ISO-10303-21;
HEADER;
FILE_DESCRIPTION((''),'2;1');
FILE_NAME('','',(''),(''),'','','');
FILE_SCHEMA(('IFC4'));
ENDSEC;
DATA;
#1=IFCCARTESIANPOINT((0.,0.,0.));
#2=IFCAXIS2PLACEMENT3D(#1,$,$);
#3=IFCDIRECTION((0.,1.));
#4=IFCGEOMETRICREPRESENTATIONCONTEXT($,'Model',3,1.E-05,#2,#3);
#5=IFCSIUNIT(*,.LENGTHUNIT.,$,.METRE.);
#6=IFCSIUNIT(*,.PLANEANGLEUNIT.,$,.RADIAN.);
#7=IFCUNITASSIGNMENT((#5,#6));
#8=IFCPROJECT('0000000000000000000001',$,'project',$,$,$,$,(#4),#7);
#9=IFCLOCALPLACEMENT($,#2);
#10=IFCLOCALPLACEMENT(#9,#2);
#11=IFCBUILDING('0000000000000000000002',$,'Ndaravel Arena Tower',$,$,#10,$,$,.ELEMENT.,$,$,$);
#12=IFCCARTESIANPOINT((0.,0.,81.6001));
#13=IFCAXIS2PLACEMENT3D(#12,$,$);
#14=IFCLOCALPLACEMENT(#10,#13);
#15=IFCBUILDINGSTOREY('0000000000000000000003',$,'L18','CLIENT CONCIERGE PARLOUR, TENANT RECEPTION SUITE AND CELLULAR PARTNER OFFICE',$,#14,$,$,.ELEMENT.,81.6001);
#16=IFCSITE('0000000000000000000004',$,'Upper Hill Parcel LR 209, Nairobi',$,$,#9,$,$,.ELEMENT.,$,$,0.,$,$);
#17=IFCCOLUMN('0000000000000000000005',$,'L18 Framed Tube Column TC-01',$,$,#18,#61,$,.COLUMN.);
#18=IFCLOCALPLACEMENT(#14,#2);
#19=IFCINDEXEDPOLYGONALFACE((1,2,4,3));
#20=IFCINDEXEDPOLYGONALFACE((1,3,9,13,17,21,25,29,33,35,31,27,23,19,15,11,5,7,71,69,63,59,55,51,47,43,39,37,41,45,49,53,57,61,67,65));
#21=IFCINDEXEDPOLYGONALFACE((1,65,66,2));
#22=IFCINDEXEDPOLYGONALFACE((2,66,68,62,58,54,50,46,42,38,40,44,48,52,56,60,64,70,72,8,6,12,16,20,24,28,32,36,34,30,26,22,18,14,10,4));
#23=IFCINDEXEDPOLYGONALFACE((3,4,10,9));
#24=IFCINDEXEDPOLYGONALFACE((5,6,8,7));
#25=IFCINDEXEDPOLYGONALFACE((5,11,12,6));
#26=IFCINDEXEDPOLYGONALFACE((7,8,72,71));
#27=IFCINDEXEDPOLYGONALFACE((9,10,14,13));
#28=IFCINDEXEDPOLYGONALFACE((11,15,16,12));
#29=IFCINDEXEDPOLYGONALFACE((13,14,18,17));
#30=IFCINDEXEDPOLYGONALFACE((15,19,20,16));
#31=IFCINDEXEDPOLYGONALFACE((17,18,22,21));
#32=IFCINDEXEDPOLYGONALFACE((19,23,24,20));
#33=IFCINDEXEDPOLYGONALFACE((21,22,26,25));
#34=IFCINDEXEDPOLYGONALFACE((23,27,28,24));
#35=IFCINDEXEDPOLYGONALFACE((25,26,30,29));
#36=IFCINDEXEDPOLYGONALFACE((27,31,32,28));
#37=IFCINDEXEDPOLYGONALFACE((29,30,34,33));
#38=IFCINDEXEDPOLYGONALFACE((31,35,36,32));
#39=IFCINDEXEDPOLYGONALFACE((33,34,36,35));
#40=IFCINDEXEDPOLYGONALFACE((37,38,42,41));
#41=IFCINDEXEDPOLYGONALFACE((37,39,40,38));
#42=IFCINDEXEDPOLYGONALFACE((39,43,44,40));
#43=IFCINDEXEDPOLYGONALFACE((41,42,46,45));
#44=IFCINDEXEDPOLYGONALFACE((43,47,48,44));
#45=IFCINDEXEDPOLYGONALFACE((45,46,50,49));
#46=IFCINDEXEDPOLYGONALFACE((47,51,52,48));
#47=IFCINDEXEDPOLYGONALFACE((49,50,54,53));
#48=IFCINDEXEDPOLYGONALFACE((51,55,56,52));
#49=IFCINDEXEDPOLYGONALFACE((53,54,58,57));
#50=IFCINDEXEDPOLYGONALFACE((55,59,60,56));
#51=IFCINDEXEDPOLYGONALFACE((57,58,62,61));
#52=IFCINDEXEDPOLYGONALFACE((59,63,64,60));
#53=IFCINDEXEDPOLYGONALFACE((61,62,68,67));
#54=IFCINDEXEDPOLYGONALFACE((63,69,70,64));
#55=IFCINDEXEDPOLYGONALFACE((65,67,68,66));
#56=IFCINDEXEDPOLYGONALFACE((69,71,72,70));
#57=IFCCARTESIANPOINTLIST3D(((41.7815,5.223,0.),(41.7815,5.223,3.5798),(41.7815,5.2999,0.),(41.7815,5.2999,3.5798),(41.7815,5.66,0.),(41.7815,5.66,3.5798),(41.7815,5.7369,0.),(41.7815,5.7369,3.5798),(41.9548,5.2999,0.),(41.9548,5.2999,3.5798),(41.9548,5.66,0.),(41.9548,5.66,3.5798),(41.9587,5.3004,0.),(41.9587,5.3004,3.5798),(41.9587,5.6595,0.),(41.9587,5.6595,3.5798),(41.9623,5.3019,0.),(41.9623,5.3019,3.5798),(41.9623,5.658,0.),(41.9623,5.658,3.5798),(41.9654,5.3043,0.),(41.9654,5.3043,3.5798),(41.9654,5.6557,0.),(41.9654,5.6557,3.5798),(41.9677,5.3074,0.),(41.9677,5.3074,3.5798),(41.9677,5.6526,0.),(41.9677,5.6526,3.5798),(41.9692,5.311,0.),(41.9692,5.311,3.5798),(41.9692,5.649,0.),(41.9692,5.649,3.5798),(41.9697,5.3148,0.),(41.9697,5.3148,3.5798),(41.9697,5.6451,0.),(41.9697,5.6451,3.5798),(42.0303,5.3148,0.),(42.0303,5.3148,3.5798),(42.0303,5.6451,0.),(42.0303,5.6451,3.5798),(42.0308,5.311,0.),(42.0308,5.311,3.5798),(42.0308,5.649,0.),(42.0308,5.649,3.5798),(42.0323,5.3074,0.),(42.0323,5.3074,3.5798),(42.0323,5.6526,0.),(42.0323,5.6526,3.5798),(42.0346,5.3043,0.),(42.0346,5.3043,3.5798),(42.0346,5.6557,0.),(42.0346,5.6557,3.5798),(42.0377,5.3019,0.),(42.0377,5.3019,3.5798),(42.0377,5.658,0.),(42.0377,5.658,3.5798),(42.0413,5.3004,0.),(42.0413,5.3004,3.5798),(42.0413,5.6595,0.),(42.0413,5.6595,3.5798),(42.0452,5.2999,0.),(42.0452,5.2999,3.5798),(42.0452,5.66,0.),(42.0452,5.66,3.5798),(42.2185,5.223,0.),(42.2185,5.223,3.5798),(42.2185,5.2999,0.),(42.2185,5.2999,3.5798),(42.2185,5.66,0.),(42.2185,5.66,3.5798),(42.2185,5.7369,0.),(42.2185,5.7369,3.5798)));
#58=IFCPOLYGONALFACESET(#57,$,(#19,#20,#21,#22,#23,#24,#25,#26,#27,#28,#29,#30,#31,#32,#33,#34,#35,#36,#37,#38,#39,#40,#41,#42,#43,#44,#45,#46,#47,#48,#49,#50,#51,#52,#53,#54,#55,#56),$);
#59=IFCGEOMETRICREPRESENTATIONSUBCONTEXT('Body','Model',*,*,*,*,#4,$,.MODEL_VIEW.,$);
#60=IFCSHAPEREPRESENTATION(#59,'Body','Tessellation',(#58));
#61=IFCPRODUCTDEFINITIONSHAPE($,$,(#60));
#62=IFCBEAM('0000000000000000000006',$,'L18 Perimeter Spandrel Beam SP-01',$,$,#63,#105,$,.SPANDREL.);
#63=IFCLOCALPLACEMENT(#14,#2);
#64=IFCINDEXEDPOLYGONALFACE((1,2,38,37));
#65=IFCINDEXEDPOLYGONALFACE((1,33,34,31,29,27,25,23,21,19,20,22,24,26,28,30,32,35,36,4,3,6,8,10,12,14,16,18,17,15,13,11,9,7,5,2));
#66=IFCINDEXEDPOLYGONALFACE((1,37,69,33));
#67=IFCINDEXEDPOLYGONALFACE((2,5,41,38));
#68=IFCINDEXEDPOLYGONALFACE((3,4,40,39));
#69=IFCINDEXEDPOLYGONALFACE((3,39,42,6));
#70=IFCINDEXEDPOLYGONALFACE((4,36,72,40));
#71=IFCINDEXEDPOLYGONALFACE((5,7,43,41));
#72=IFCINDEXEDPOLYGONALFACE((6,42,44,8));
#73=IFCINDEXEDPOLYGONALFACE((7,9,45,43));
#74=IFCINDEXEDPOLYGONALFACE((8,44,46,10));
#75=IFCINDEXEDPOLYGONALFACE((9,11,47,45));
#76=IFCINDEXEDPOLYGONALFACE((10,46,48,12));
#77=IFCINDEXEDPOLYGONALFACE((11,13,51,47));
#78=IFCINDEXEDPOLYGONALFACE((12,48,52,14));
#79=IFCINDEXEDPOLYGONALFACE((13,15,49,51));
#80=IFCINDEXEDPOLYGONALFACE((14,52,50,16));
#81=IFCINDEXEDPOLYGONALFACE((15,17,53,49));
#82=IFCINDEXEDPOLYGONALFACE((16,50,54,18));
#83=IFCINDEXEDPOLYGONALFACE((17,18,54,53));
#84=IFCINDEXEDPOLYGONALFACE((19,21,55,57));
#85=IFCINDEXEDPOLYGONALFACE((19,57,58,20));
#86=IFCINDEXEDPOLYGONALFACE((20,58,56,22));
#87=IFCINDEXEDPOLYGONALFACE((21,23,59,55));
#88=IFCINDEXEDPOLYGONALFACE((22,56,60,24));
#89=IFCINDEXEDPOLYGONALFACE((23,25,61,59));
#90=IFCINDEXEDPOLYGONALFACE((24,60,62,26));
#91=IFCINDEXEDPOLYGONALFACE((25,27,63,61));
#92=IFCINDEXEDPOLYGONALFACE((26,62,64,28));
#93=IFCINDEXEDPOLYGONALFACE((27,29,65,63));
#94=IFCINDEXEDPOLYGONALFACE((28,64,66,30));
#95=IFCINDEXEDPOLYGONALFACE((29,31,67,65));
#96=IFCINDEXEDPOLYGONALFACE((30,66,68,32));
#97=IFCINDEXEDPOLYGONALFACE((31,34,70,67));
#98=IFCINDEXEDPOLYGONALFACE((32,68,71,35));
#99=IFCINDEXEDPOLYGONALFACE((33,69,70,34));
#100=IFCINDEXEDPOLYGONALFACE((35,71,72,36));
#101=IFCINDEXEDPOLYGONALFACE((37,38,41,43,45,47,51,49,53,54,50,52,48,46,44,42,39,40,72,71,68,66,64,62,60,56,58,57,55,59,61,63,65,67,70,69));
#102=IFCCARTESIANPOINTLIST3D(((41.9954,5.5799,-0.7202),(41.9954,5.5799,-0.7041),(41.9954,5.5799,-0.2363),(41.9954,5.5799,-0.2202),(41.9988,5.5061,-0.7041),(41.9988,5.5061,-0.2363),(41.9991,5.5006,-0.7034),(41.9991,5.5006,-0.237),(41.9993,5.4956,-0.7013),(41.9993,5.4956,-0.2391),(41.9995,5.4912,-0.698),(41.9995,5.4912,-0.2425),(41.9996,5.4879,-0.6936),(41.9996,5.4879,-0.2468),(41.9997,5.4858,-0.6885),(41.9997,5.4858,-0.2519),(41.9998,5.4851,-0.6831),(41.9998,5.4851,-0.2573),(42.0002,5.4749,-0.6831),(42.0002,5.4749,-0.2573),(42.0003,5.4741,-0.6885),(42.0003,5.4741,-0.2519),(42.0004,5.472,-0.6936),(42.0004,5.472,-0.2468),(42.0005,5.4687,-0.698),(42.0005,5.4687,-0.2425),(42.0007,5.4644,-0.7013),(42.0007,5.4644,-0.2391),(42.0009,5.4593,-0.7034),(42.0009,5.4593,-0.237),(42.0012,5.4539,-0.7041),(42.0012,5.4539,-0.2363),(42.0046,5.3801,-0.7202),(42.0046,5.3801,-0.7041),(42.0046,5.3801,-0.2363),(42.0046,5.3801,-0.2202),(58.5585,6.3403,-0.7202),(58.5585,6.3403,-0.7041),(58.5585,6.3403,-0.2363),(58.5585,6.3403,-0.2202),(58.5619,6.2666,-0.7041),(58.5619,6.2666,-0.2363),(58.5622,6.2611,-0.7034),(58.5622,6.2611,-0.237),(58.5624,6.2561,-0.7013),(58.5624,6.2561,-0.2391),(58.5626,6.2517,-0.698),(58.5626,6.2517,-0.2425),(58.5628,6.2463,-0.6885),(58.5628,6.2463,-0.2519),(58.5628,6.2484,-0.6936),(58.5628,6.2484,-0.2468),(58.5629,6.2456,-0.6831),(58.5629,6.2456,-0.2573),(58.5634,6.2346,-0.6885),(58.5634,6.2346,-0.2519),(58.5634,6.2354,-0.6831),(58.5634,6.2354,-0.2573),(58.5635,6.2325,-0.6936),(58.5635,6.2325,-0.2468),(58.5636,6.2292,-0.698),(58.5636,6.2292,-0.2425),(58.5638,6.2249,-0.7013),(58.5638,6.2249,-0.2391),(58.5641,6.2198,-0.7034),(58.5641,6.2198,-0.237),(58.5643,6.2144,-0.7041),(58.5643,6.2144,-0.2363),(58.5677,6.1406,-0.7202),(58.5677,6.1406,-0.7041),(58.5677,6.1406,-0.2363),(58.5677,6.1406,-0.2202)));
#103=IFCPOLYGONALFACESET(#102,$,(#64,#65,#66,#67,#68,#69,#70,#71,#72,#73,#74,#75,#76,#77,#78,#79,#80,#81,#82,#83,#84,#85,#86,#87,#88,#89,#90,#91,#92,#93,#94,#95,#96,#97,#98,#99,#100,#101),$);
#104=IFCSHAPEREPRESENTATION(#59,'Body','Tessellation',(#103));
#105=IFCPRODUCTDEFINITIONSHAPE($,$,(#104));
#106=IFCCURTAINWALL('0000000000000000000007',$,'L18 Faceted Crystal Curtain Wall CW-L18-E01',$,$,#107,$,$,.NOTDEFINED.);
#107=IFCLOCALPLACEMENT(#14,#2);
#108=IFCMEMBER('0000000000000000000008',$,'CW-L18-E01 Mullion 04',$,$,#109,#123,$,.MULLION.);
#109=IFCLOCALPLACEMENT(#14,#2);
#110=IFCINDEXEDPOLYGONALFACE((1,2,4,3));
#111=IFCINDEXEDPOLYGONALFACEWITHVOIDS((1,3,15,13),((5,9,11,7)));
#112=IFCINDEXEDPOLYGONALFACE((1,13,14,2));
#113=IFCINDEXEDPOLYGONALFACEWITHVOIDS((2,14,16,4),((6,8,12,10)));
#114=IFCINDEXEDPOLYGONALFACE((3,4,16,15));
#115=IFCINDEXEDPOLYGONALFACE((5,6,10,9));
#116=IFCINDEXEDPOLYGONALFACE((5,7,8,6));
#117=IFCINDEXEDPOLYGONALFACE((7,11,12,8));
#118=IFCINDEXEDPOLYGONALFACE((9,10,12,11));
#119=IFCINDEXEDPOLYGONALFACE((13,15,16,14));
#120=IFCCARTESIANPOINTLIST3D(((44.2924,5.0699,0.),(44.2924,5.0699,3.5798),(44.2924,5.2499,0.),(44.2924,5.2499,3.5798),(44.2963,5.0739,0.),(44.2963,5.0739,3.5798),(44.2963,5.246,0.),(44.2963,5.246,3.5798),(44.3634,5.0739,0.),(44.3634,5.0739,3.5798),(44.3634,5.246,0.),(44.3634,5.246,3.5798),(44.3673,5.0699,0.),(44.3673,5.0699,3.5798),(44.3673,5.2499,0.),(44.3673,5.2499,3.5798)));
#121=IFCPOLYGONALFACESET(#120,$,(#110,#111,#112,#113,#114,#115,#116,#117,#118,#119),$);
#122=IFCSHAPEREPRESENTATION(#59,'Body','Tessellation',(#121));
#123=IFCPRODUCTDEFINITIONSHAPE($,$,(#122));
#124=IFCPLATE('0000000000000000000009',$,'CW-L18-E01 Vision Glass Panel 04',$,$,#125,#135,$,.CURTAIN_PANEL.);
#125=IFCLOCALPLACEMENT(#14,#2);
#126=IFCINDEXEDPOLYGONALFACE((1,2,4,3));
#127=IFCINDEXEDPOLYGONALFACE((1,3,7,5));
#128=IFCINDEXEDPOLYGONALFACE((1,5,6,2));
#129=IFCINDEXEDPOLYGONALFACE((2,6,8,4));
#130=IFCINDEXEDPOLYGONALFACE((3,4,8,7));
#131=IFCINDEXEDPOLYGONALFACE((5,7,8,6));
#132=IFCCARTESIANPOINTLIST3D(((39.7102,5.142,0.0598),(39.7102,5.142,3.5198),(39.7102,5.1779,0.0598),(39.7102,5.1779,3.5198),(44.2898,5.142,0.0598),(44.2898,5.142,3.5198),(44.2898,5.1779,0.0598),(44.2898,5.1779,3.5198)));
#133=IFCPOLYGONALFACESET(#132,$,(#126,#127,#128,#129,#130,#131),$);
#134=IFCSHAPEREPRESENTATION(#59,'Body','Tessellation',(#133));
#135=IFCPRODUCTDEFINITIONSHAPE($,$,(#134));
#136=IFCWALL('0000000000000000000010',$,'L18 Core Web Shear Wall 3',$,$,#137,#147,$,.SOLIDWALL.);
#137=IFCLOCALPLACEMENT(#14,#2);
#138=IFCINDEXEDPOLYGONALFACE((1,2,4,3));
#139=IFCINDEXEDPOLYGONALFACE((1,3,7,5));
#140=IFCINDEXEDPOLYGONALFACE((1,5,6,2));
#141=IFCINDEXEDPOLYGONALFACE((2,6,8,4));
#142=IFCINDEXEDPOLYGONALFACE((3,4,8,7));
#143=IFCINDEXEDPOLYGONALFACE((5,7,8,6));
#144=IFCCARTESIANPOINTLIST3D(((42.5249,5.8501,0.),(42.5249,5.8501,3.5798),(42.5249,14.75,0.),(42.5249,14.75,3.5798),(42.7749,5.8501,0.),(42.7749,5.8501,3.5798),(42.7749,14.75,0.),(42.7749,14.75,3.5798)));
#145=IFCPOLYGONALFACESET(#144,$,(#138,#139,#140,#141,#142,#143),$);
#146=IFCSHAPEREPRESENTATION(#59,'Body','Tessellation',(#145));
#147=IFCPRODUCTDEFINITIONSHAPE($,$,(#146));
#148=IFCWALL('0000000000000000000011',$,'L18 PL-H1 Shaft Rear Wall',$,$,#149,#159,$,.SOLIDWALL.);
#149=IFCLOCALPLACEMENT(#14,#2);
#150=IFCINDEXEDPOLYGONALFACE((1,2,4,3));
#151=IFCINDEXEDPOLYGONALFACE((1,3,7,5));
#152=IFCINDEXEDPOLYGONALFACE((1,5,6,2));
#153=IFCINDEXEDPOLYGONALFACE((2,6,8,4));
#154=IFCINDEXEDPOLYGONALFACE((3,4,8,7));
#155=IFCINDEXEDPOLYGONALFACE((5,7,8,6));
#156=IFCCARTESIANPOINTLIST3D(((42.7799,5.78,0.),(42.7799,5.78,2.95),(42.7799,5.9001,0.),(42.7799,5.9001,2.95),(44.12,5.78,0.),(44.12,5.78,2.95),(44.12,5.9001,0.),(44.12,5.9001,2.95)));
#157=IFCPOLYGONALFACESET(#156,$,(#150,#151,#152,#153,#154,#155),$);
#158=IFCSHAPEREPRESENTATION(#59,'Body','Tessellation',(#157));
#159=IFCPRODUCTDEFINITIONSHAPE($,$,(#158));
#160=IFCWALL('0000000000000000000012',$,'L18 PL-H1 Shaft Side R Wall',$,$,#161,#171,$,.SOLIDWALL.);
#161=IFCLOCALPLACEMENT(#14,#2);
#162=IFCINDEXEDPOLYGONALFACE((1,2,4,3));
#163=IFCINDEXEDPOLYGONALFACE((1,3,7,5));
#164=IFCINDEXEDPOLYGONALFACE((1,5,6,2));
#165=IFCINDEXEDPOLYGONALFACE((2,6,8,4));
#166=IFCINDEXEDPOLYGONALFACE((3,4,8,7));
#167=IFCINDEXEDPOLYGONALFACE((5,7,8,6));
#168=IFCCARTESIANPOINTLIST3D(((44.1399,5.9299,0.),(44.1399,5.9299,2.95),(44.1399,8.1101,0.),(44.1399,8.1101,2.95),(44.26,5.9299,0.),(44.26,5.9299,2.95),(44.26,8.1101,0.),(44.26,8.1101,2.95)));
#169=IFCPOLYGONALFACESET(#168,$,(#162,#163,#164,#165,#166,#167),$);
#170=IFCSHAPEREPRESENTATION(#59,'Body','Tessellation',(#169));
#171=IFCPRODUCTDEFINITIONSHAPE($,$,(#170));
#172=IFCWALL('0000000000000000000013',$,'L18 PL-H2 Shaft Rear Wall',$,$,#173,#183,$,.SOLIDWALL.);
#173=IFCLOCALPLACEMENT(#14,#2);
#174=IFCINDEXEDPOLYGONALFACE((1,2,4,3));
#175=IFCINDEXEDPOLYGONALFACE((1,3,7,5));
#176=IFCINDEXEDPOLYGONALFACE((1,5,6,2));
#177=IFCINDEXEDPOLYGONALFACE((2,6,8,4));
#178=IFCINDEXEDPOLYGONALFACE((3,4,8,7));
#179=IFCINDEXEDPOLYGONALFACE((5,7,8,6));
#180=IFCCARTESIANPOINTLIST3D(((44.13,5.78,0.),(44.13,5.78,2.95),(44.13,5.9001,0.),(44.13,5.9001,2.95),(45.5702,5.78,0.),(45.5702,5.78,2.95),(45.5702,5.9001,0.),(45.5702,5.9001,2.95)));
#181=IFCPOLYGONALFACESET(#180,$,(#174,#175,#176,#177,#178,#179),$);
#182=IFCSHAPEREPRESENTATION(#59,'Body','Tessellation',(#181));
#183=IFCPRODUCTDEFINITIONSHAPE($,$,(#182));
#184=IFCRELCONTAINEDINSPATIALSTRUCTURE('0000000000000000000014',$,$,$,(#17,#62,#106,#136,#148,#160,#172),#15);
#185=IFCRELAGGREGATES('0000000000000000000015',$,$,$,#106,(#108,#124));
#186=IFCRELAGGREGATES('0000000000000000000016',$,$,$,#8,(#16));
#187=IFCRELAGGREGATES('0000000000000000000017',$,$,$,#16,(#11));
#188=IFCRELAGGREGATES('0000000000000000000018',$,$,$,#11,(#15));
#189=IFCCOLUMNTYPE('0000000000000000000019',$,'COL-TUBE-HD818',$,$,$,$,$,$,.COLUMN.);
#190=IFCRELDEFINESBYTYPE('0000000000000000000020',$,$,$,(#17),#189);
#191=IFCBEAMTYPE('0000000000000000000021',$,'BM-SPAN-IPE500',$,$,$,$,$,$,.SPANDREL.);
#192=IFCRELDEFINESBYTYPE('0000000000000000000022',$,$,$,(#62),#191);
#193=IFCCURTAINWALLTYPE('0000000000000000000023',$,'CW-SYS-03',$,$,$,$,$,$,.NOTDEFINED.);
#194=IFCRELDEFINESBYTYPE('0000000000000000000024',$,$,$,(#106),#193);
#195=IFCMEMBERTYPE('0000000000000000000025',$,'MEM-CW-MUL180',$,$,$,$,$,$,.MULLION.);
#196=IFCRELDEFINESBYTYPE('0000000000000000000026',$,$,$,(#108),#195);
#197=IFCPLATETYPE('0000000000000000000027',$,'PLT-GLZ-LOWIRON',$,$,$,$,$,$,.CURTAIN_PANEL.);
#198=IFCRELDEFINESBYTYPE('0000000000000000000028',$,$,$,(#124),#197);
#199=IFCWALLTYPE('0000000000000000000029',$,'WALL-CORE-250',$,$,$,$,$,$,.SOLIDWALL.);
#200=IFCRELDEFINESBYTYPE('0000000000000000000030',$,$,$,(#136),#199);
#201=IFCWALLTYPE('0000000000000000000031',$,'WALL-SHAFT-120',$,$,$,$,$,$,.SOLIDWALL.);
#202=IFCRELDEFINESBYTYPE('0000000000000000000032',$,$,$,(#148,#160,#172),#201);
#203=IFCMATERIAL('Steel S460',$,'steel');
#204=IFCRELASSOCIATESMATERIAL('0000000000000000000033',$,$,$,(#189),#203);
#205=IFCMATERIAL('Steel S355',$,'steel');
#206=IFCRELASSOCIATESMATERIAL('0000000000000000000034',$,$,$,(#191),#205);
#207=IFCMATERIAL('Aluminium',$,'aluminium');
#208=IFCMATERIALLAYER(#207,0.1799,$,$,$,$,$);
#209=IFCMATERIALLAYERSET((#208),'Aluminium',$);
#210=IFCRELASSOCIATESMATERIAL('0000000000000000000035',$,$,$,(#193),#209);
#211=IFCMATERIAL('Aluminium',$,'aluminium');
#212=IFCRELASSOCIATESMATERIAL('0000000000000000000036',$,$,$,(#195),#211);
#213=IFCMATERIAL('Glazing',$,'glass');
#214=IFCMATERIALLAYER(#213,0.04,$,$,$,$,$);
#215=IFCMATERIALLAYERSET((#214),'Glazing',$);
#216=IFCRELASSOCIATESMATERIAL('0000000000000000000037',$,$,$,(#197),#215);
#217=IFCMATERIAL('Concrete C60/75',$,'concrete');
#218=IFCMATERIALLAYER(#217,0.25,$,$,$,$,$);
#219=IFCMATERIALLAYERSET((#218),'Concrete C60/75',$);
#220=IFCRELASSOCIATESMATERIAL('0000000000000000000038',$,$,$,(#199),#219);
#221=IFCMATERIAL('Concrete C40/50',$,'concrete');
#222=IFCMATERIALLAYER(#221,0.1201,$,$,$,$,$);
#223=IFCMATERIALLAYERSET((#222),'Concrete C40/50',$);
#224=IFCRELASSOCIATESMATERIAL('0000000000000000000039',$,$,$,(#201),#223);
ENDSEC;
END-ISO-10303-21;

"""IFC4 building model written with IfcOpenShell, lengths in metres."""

from ifc_helpers import new_model, si_unit, direction, frame, frame_2d, origin, origin_2d, place, context, subcontext, project, spatial, rectangle, hollow_rectangle, i_section, extrude, material, layer, layer_set, material_profile, profile_set, type_object, element, aggregate, save


model = new_model("IFC4")

# Units and contexts
model_context = context("Model", 3, precision=1e-05, world=origin(), true_north=direction((0.0, 1.0)))
body_context = subcontext(model_context, "Body", "Model", "MODEL_VIEW")
ifc_project = project(units=[si_unit("LENGTHUNIT", "METRE"), si_unit("PLANEANGLEUNIT", "RADIAN")], contexts=[model_context])

# Site, building, storey
site_placement = place(None, origin())
site = spatial("IfcSite", under=ifc_project, at=site_placement, Name="Upper Hill Parcel LR 209, Nairobi", CompositionType="ELEMENT", RefElevation=0.0)
building_placement = place(site_placement, origin())
building = spatial("IfcBuilding", under=site, at=building_placement, Name="Ndaravel Arena Tower", CompositionType="ELEMENT")
storey_placement = place(building_placement, frame((0.0, 0.0, 81.6001)))
storey = spatial("IfcBuildingStorey", under=building, at=storey_placement, Name="L18", Description="CLIENT CONCIERGE PARLOUR, TENANT RECEPTION SUITE AND CELLULAR PARTNER OFFICE", CompositionType="ELEMENT", Elevation=81.6001)

# Column
ifc_material_1 = material(Name="Steel S460", Category="steel")
ifc_material_profile_1 = material_profile(ifc_material_1, i_section(OverallWidth=0.437, OverallDepth=0.5139, WebThickness=0.0605, FlangeThickness=0.0769, FilletRadius=0.0149, at=origin_2d()), Name="HD 400x818")
ifc_profile_set_1 = profile_set([ifc_material_profile_1], Name="Steel S460")
column_type = type_object("IfcColumnType", Name="COL-TUBE-HD818", PredefinedType="COLUMN", material=ifc_profile_set_1)
column_placement = place(storey_placement, frame((42.0, 5.48, 0.0), z_axis=(0.0, 0.0, 1.0), x_axis=(1.0, 0.0, 0.0)))
element("IfcColumn", 1, at=column_placement, inside=storey, type_object=column_type, Name="L18 Framed Tube Column TC-01", PredefinedType="COLUMN", context=body_context, shape_type="SweptSolid", body=[
    extrude(i_section(OverallWidth=0.437, OverallDepth=0.5139, WebThickness=0.0605, FlangeThickness=0.0769, FilletRadius=0.0149, at=origin_2d()), origin(), (0.0, 0.0, 1.0), 3.5798),
])

# Beam
ifc_material_2 = material(Name="Steel S355", Category="steel")
ifc_material_profile_2 = material_profile(ifc_material_2, i_section(OverallWidth=0.2, OverallDepth=0.5, WebThickness=0.0103, FlangeThickness=0.0161, FilletRadius=0.021, at=origin_2d()), Name="IPE 500")
ifc_profile_set_2 = profile_set([ifc_material_profile_2], Name="Steel S355")
beam_type = type_object("IfcBeamType", Name="BM-SPAN-IPE500", PredefinedType="SPANDREL", material=ifc_profile_set_2)
beam_placement = place(storey_placement, frame((42.0, 5.48, -0.4702), z_axis=(0.998948, 0.045867, 0.0), x_axis=(-0.045867, 0.998948, 0.0)))
element("IfcBeam", 2, at=beam_placement, inside=storey, type_object=beam_type, Name="L18 Perimeter Spandrel Beam SP-01", PredefinedType="SPANDREL", context=body_context, shape_type="SweptSolid", body=[
    extrude(i_section(OverallWidth=0.2, OverallDepth=0.5, WebThickness=0.0103, FlangeThickness=0.0161, FilletRadius=0.021, at=origin_2d()), origin(), (0.0, 0.0, 1.0), 16.5806),
])

# Curtain wall, member, plate
ifc_material_3 = material(Name="Aluminium", Category="aluminium")
ifc_layer_1 = layer(ifc_material_3, 0.1799)
ifc_layer_set_1 = layer_set([ifc_layer_1], Name="Aluminium")
curtain_wall_type = type_object("IfcCurtainWallType", Name="CW-SYS-03", PredefinedType="NOTDEFINED", material=ifc_layer_set_1)
curtain_wall_placement = place(storey_placement, origin())
curtain_wall = element("IfcCurtainWall", 3, at=curtain_wall_placement, inside=storey, type_object=curtain_wall_type, Name="L18 Faceted Crystal Curtain Wall CW-L18-E01", PredefinedType="NOTDEFINED")
ifc_material_4 = material(Name="Aluminium", Category="aluminium")
ifc_material_profile_3 = material_profile(ifc_material_4, hollow_rectangle(XDim=0.075, YDim=0.1799, WallThickness=0.0039, at=origin_2d()), Name="CW MULLION 75x180x4")
ifc_profile_set_3 = profile_set([ifc_material_profile_3], Name="Aluminium")
member_type = type_object("IfcMemberType", Name="MEM-CW-MUL180", PredefinedType="MULLION", material=ifc_profile_set_3)
member_placement = place(storey_placement, frame((44.3298, 5.1599, 0.0), z_axis=(0.0, 0.0, 1.0), x_axis=(1.0, 0.0, 0.0)))
member = element("IfcMember", 4, at=member_placement, type_object=member_type, Name="CW-L18-E01 Mullion 04", PredefinedType="MULLION", context=body_context, shape_type="SweptSolid", body=[
    extrude(hollow_rectangle(XDim=0.075, YDim=0.1799, WallThickness=0.0039, at=origin_2d()), origin(), (0.0, 0.0, 1.0), 3.5798),
])
ifc_material_5 = material(Name="Glazing", Category="glass")
ifc_layer_2 = layer(ifc_material_5, 0.04)
ifc_layer_set_2 = layer_set([ifc_layer_2], Name="Glazing")
plate_type = type_object("IfcPlateType", Name="PLT-GLZ-LOWIRON", PredefinedType="CURTAIN_PANEL", material=ifc_layer_set_2)
plate_placement = place(storey_placement, frame((42.0, 5.1599, 0.0598), z_axis=(0.0, 0.0, 1.0), x_axis=(1.0, 0.0, 0.0)))
plate = element("IfcPlate", 5, at=plate_placement, type_object=plate_type, Name="CW-L18-E01 Vision Glass Panel 04", PredefinedType="CURTAIN_PANEL", context=body_context, shape_type="SweptSolid", body=[
    extrude(rectangle(XDim=4.5796, YDim=0.0359, at=origin_2d()), origin(), (0.0, 0.0, 1.0), 3.46),
])
aggregate(curtain_wall, [member, plate])

# Walls
ifc_material_6 = material(Name="Concrete C60/75", Category="concrete")
ifc_layer_3 = layer(ifc_material_6, 0.25)
ifc_layer_set_3 = layer_set([ifc_layer_3], Name="Concrete C60/75")
wall_type_1 = type_object("IfcWallType", Name="WALL-CORE-250", PredefinedType="SOLIDWALL", material=ifc_layer_set_3)
wall_1_placement = place(storey_placement, frame((42.6499, 5.8501, 0.0), z_axis=(0.0, 0.0, 1.0), x_axis=(0.0, 1.0, 0.0)))
element("IfcWall", 6, at=wall_1_placement, inside=storey, type_object=wall_type_1, Name="L18 Core Web Shear Wall 3", PredefinedType="SOLIDWALL", context=body_context, shape_type="SweptSolid", body=[
    extrude(rectangle(XDim=8.8999, YDim=0.25, at=frame_2d((4.45, 0.0))), origin(), (0.0, 0.0, 1.0), 3.5798),
])
ifc_material_7 = material(Name="Concrete C40/50", Category="concrete")
ifc_layer_4 = layer(ifc_material_7, 0.1201)
ifc_layer_set_4 = layer_set([ifc_layer_4], Name="Concrete C40/50")
wall_type_2 = type_object("IfcWallType", Name="WALL-SHAFT-120", PredefinedType="SOLIDWALL", material=ifc_layer_set_4)
wall_2_placement = place(storey_placement, frame((42.78, 5.8401, 0.0), z_axis=(0.0, 0.0, 1.0), x_axis=(1.0, 0.0, 0.0)))
element("IfcWall", 7, at=wall_2_placement, inside=storey, type_object=wall_type_2, Name="L18 PL-H1 Shaft Rear Wall", PredefinedType="SOLIDWALL", context=body_context, shape_type="SweptSolid", body=[
    extrude(rectangle(XDim=1.3401, YDim=0.1201, at=frame_2d((0.6699, 0.0))), origin(), (0.0, 0.0, 1.0), 2.95),
])
wall_3_placement = place(storey_placement, frame((44.2, 5.9299, 0.0), z_axis=(0.0, 0.0, 1.0), x_axis=(0.0, 1.0, 0.0)))
element("IfcWall", 8, at=wall_3_placement, inside=storey, type_object=wall_type_2, Name="L18 PL-H1 Shaft Side R Wall", PredefinedType="SOLIDWALL", context=body_context, shape_type="SweptSolid", body=[
    extrude(rectangle(XDim=2.1802, YDim=0.1201, at=frame_2d((1.0901, 0.0))), origin(), (0.0, 0.0, 1.0), 2.95),
])
wall_4_placement = place(storey_placement, frame((44.1299, 5.8401, 0.0), z_axis=(0.0, 0.0, 1.0), x_axis=(1.0, 0.0, 0.0)))
element("IfcWall", 9, at=wall_4_placement, inside=storey, type_object=wall_type_2, Name="L18 PL-H2 Shaft Rear Wall", PredefinedType="SOLIDWALL", context=body_context, shape_type="SweptSolid", body=[
    extrude(rectangle(XDim=1.4402, YDim=0.1201, at=frame_2d((0.7202, 0.0))), origin(), (0.0, 0.0, 1.0), 2.95),
])

save(model, "model.ifc")
